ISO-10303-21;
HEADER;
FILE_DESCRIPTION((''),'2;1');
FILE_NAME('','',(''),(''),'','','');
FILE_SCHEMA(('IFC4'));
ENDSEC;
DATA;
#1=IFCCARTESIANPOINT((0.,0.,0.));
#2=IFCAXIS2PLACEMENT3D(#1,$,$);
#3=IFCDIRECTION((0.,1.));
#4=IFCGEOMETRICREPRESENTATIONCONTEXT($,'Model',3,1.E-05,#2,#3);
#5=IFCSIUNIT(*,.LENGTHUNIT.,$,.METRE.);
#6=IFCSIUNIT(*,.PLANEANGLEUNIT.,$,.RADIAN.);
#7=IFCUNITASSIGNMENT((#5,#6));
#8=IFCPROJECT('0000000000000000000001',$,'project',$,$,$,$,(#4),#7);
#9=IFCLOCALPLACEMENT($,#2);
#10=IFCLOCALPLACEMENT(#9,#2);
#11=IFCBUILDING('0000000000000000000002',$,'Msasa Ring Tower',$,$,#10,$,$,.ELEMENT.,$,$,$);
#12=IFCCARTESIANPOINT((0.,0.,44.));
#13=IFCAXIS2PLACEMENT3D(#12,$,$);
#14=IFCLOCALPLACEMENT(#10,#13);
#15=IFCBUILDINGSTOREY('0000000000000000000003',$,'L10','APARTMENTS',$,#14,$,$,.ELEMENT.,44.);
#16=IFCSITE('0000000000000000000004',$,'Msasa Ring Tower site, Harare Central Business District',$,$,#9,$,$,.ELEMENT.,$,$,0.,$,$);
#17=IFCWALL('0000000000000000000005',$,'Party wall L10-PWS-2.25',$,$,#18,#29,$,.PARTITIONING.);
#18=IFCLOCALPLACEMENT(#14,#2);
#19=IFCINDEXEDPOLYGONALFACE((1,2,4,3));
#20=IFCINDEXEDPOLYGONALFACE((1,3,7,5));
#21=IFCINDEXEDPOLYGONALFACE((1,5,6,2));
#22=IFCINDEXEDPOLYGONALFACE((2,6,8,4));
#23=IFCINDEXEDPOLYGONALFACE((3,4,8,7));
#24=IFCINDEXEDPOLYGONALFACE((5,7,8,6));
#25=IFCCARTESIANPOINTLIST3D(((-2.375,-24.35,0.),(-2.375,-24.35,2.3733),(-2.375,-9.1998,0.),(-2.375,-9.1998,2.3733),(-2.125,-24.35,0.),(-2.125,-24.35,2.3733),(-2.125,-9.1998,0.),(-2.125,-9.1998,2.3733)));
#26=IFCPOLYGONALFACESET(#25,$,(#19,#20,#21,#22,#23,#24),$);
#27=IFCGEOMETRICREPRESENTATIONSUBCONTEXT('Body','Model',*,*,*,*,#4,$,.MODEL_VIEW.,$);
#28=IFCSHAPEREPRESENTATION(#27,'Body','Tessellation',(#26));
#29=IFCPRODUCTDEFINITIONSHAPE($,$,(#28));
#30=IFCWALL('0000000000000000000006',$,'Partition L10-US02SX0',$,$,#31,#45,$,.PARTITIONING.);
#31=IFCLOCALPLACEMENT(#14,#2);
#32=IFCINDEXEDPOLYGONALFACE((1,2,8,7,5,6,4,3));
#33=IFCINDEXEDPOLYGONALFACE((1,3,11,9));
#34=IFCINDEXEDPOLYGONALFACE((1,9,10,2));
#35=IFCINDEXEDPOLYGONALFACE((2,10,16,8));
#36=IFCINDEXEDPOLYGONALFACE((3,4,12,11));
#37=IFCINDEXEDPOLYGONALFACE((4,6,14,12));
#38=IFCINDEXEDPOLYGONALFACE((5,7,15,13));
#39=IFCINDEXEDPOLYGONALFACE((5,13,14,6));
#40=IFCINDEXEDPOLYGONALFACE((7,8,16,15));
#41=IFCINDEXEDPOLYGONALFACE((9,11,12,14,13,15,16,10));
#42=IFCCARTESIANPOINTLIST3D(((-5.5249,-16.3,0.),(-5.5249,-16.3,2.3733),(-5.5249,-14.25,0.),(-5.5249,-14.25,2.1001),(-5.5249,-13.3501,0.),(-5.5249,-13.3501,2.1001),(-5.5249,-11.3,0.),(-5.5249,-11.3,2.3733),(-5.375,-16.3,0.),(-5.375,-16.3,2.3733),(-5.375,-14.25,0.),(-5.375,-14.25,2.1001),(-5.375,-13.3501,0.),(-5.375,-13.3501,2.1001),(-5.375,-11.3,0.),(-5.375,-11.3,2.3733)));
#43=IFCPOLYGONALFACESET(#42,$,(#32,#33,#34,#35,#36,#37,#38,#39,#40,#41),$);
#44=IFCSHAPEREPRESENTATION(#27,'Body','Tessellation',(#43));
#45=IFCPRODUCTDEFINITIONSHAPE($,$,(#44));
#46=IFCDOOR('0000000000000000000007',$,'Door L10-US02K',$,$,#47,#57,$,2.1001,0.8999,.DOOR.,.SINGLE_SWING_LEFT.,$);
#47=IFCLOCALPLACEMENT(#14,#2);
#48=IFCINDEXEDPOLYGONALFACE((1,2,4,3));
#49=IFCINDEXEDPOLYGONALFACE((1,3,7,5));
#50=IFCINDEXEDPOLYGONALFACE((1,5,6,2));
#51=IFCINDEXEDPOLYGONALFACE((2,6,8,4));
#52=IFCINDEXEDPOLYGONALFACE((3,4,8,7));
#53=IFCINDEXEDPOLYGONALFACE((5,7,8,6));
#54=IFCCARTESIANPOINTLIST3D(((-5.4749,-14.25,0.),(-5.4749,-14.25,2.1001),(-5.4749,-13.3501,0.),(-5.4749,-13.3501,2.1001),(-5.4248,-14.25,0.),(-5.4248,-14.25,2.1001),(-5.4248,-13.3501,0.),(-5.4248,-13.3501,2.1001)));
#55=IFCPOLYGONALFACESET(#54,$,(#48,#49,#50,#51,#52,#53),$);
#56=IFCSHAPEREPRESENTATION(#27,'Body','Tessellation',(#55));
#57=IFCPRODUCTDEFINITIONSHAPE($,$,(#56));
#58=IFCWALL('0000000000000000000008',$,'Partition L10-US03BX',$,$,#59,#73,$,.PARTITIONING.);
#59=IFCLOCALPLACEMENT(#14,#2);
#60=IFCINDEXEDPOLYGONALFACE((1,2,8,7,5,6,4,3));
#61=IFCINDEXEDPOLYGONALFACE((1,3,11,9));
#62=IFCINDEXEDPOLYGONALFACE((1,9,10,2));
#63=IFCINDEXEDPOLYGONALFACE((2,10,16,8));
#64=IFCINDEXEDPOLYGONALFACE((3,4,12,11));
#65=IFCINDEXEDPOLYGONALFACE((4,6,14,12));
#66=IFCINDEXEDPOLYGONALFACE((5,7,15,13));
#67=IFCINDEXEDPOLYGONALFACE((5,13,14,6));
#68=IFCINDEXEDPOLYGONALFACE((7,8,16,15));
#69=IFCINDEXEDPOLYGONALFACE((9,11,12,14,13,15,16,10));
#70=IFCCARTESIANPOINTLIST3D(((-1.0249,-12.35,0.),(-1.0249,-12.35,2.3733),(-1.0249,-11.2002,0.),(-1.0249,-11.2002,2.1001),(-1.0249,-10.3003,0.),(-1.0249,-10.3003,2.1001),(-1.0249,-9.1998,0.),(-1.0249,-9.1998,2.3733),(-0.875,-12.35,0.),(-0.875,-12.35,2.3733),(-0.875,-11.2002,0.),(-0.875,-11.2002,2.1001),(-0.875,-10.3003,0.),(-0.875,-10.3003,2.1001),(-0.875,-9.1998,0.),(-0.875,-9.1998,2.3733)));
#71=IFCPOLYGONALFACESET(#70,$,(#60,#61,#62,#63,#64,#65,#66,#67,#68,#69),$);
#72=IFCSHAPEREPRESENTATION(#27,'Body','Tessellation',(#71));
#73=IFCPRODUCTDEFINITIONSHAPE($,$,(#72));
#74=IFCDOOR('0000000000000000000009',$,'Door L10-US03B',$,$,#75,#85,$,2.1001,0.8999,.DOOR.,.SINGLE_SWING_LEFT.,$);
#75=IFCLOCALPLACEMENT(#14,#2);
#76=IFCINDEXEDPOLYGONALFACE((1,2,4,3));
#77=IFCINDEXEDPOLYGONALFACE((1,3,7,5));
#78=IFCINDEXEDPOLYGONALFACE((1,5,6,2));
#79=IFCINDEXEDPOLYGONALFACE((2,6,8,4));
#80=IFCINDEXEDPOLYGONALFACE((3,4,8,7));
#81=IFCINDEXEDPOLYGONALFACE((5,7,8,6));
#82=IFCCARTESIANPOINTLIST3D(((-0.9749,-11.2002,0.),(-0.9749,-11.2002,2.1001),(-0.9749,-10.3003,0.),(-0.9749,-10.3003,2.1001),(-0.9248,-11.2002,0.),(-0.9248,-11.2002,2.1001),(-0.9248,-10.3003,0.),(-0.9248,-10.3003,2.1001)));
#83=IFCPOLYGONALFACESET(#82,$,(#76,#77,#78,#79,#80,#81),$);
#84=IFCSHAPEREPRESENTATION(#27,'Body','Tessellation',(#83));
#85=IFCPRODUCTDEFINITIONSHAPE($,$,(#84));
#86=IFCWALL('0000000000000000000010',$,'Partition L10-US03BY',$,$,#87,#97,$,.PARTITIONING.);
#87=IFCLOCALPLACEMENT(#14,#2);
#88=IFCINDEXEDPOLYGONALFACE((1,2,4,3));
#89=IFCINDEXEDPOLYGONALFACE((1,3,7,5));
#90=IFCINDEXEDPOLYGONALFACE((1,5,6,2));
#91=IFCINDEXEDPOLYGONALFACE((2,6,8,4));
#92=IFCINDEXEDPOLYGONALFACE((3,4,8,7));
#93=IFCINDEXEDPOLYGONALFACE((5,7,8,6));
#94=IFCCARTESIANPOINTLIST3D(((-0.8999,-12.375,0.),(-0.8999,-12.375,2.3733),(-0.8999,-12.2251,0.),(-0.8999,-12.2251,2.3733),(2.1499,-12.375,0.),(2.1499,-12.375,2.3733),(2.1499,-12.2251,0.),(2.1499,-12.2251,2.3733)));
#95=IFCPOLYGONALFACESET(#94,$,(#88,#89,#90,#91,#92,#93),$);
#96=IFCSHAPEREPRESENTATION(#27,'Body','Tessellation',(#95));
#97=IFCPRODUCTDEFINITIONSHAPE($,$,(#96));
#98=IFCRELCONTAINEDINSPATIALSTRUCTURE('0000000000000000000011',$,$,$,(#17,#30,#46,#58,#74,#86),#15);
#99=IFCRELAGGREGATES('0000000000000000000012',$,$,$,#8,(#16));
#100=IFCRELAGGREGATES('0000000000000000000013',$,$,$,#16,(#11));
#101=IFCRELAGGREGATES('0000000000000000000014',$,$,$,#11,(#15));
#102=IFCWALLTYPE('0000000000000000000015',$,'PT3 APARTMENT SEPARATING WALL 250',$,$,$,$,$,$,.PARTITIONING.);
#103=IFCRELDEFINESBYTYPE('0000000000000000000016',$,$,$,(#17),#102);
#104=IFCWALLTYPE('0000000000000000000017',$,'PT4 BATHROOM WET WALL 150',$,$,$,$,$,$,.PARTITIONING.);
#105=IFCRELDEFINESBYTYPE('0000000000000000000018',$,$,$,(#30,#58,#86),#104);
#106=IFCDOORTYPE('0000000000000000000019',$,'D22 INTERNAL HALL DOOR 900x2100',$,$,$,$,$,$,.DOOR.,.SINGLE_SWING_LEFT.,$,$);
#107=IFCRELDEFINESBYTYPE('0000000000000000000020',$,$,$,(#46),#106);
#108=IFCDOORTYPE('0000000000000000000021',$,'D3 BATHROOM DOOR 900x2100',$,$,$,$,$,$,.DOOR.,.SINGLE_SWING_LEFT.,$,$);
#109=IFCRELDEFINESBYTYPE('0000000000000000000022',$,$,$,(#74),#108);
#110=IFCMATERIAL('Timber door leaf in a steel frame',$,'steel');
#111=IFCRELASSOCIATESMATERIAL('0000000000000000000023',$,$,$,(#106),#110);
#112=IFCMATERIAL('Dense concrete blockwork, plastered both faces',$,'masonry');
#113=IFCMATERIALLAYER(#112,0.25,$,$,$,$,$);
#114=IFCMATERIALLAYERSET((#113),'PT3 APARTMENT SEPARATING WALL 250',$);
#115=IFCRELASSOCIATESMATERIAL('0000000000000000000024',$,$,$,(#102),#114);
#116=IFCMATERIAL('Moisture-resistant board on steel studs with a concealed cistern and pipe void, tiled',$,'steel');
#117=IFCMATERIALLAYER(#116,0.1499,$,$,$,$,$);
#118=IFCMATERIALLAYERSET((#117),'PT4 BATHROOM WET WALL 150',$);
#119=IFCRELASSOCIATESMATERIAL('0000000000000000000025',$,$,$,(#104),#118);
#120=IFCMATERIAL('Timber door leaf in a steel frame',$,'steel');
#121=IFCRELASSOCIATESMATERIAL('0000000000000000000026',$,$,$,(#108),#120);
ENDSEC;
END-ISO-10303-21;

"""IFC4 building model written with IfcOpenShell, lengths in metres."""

from ifc_helpers import new_model, si_unit, direction, frame, frame_2d, origin, place, context, subcontext, project, spatial, rectangle, extrude, material, layer, layer_set, type_object, element, fill, save


model = new_model("IFC4")

# Units and contexts
model_context = context("Model", 3, precision=1e-05, world=origin(), true_north=direction((0.0, 1.0)))
body_context = subcontext(model_context, "Body", "Model", "MODEL_VIEW")
ifc_project = project(units=[si_unit("LENGTHUNIT", "METRE"), si_unit("PLANEANGLEUNIT", "RADIAN")], contexts=[model_context])

# Site, building, storey
site_placement = place(None, origin())
site = spatial("IfcSite", under=ifc_project, at=site_placement, Name="Msasa Ring Tower site, Harare Central Business District", CompositionType="ELEMENT", RefElevation=0.0)
building_placement = place(site_placement, origin())
building = spatial("IfcBuilding", under=site, at=building_placement, Name="Msasa Ring Tower", CompositionType="ELEMENT")
storey_placement = place(building_placement, frame((0.0, 0.0, 44.0)))
storey = spatial("IfcBuildingStorey", under=building, at=storey_placement, Name="L10", Description="APARTMENTS", CompositionType="ELEMENT", Elevation=44.0)

# Shared definitions
ifc_material_1 = material(Name="Timber door leaf in a steel frame", Category="steel")
door_type_1 = type_object("IfcDoorType", Name="D22 INTERNAL HALL DOOR 900x2100", OperationType="SINGLE_SWING_LEFT", PredefinedType="DOOR", material=ifc_material_1)

# Wall
ifc_material_2 = material(Name="Dense concrete blockwork, plastered both faces", Category="masonry")
ifc_layer_1 = layer(ifc_material_2, 0.25)
ifc_layer_set_1 = layer_set([ifc_layer_1], Name="PT3 APARTMENT SEPARATING WALL 250")
wall_type_1 = type_object("IfcWallType", Name="PT3 APARTMENT SEPARATING WALL 250", PredefinedType="PARTITIONING", material=ifc_layer_set_1)
wall_1_placement = place(storey_placement, frame((-2.25, -24.3501, 0.0), z_axis=(0.0, 0.0, 1.0), x_axis=(0.0, 1.0, 0.0)))
element("IfcWall", 1, at=wall_1_placement, inside=storey, type_object=wall_type_1, Name="Party wall L10-PWS-2.25", PredefinedType="PARTITIONING", context=body_context, shape_type="SweptSolid", body=[
    extrude(rectangle(XDim=15.1501, YDim=0.25, at=frame_2d((7.5752, 0.0))), origin(), (0.0, 0.0, 1.0), 2.3733),
])

# Walls, openings, doors
ifc_material_3 = material(Name="Moisture-resistant board on steel studs with a concealed cistern and pipe void, tiled", Category="steel")
ifc_layer_2 = layer(ifc_material_3, 0.1499)
ifc_layer_set_2 = layer_set([ifc_layer_2], Name="PT4 BATHROOM WET WALL 150")
wall_type_2 = type_object("IfcWallType", Name="PT4 BATHROOM WET WALL 150", PredefinedType="PARTITIONING", material=ifc_layer_set_2)
wall_2_placement = place(storey_placement, frame((-5.45, -16.3, 0.0), z_axis=(0.0, 0.0, 1.0), x_axis=(0.0, 1.0, 0.0)))
wall_2 = element("IfcWall", 2, at=wall_2_placement, inside=storey, type_object=wall_type_2, Name="Partition L10-US02SX0", PredefinedType="PARTITIONING", context=body_context, shape_type="SweptSolid", body=[
    extrude(rectangle(XDim=5.0, YDim=0.1499, at=frame_2d((2.5, 0.0))), origin(), (0.0, 0.0, 1.0), 2.3733),
])
opening_1_placement = place(wall_2_placement, frame((2.05, 0.0, 0.0)))
opening_1 = element("IfcOpeningElement", 3, at=opening_1_placement, cuts=wall_2, PredefinedType="OPENING", context=body_context, shape_type="SweptSolid", body=[
    extrude(rectangle(XDim=0.8999, YDim=2.1001, at=frame_2d((0.45, 1.05))), frame((0.0, 0.085, 0.0), z_axis=(0.0, -1.0, 0.0), x_axis=(1.0, 0.0, 0.0)), (0.0, 0.0, 1.0), 0.1699),
])
door_1_placement = place(opening_1_placement, origin())
door_1 = element("IfcDoor", 4, at=door_1_placement, inside=storey, type_object=door_type_1, Name="Door L10-US02K", OperationType="SINGLE_SWING_LEFT", OverallHeight=2.1001, OverallWidth=0.8999, PredefinedType="DOOR", context=body_context, shape_type="SweptSolid", body=[
    extrude(rectangle(XDim=0.8999, YDim=2.1001, at=frame_2d((0.45, 1.05))), frame((0.0, 0.0249, 0.0), z_axis=(0.0, -1.0, 0.0), x_axis=(1.0, 0.0, 0.0)), (0.0, 0.0, 1.0), 0.05),
])
fill(opening_1, door_1)
wall_3_placement = place(storey_placement, frame((-0.95, -12.3501, 0.0), z_axis=(0.0, 0.0, 1.0), x_axis=(0.0, 1.0, 0.0)))
wall_3 = element("IfcWall", 5, at=wall_3_placement, inside=storey, type_object=wall_type_2, Name="Partition L10-US03BX", PredefinedType="PARTITIONING", context=body_context, shape_type="SweptSolid", body=[
    extrude(rectangle(XDim=3.1501, YDim=0.1499, at=frame_2d((1.5752, 0.0))), origin(), (0.0, 0.0, 1.0), 2.3733),
])
opening_2_placement = place(wall_3_placement, frame((1.1499, 0.0, 0.0)))
opening_2 = element("IfcOpeningElement", 6, at=opening_2_placement, cuts=wall_3, PredefinedType="OPENING", context=body_context, shape_type="SweptSolid", body=[
    extrude(rectangle(XDim=0.8999, YDim=2.1001, at=frame_2d((0.45, 1.05))), frame((0.0, 0.085, 0.0), z_axis=(0.0, -1.0, 0.0), x_axis=(1.0, 0.0, 0.0)), (0.0, 0.0, 1.0), 0.1699),
])
ifc_material_4 = material(Name="Timber door leaf in a steel frame", Category="steel")
door_type_2 = type_object("IfcDoorType", Name="D3 BATHROOM DOOR 900x2100", OperationType="SINGLE_SWING_LEFT", PredefinedType="DOOR", material=ifc_material_4)
door_2_placement = place(opening_2_placement, origin())
door_2 = element("IfcDoor", 7, at=door_2_placement, inside=storey, type_object=door_type_2, Name="Door L10-US03B", OperationType="SINGLE_SWING_LEFT", OverallHeight=2.1001, OverallWidth=0.8999, PredefinedType="DOOR", context=body_context, shape_type="SweptSolid", body=[
    extrude(rectangle(XDim=0.8999, YDim=2.1001, at=frame_2d((0.45, 1.05))), frame((0.0, 0.0249, 0.0), z_axis=(0.0, -1.0, 0.0), x_axis=(1.0, 0.0, 0.0)), (0.0, 0.0, 1.0), 0.05),
])
fill(opening_2, door_2)

# Wall
wall_4_placement = place(storey_placement, frame((-0.8999, -12.3, 0.0), z_axis=(0.0, 0.0, 1.0), x_axis=(1.0, 0.0, 0.0)))
element("IfcWall", 8, at=wall_4_placement, inside=storey, type_object=wall_type_2, Name="Partition L10-US03BY", PredefinedType="PARTITIONING", context=body_context, shape_type="SweptSolid", body=[
    extrude(rectangle(XDim=3.0498, YDim=0.1499, at=frame_2d((1.5249, 0.0))), origin(), (0.0, 0.0, 1.0), 2.3733),
])

save(model, "model.ifc")
